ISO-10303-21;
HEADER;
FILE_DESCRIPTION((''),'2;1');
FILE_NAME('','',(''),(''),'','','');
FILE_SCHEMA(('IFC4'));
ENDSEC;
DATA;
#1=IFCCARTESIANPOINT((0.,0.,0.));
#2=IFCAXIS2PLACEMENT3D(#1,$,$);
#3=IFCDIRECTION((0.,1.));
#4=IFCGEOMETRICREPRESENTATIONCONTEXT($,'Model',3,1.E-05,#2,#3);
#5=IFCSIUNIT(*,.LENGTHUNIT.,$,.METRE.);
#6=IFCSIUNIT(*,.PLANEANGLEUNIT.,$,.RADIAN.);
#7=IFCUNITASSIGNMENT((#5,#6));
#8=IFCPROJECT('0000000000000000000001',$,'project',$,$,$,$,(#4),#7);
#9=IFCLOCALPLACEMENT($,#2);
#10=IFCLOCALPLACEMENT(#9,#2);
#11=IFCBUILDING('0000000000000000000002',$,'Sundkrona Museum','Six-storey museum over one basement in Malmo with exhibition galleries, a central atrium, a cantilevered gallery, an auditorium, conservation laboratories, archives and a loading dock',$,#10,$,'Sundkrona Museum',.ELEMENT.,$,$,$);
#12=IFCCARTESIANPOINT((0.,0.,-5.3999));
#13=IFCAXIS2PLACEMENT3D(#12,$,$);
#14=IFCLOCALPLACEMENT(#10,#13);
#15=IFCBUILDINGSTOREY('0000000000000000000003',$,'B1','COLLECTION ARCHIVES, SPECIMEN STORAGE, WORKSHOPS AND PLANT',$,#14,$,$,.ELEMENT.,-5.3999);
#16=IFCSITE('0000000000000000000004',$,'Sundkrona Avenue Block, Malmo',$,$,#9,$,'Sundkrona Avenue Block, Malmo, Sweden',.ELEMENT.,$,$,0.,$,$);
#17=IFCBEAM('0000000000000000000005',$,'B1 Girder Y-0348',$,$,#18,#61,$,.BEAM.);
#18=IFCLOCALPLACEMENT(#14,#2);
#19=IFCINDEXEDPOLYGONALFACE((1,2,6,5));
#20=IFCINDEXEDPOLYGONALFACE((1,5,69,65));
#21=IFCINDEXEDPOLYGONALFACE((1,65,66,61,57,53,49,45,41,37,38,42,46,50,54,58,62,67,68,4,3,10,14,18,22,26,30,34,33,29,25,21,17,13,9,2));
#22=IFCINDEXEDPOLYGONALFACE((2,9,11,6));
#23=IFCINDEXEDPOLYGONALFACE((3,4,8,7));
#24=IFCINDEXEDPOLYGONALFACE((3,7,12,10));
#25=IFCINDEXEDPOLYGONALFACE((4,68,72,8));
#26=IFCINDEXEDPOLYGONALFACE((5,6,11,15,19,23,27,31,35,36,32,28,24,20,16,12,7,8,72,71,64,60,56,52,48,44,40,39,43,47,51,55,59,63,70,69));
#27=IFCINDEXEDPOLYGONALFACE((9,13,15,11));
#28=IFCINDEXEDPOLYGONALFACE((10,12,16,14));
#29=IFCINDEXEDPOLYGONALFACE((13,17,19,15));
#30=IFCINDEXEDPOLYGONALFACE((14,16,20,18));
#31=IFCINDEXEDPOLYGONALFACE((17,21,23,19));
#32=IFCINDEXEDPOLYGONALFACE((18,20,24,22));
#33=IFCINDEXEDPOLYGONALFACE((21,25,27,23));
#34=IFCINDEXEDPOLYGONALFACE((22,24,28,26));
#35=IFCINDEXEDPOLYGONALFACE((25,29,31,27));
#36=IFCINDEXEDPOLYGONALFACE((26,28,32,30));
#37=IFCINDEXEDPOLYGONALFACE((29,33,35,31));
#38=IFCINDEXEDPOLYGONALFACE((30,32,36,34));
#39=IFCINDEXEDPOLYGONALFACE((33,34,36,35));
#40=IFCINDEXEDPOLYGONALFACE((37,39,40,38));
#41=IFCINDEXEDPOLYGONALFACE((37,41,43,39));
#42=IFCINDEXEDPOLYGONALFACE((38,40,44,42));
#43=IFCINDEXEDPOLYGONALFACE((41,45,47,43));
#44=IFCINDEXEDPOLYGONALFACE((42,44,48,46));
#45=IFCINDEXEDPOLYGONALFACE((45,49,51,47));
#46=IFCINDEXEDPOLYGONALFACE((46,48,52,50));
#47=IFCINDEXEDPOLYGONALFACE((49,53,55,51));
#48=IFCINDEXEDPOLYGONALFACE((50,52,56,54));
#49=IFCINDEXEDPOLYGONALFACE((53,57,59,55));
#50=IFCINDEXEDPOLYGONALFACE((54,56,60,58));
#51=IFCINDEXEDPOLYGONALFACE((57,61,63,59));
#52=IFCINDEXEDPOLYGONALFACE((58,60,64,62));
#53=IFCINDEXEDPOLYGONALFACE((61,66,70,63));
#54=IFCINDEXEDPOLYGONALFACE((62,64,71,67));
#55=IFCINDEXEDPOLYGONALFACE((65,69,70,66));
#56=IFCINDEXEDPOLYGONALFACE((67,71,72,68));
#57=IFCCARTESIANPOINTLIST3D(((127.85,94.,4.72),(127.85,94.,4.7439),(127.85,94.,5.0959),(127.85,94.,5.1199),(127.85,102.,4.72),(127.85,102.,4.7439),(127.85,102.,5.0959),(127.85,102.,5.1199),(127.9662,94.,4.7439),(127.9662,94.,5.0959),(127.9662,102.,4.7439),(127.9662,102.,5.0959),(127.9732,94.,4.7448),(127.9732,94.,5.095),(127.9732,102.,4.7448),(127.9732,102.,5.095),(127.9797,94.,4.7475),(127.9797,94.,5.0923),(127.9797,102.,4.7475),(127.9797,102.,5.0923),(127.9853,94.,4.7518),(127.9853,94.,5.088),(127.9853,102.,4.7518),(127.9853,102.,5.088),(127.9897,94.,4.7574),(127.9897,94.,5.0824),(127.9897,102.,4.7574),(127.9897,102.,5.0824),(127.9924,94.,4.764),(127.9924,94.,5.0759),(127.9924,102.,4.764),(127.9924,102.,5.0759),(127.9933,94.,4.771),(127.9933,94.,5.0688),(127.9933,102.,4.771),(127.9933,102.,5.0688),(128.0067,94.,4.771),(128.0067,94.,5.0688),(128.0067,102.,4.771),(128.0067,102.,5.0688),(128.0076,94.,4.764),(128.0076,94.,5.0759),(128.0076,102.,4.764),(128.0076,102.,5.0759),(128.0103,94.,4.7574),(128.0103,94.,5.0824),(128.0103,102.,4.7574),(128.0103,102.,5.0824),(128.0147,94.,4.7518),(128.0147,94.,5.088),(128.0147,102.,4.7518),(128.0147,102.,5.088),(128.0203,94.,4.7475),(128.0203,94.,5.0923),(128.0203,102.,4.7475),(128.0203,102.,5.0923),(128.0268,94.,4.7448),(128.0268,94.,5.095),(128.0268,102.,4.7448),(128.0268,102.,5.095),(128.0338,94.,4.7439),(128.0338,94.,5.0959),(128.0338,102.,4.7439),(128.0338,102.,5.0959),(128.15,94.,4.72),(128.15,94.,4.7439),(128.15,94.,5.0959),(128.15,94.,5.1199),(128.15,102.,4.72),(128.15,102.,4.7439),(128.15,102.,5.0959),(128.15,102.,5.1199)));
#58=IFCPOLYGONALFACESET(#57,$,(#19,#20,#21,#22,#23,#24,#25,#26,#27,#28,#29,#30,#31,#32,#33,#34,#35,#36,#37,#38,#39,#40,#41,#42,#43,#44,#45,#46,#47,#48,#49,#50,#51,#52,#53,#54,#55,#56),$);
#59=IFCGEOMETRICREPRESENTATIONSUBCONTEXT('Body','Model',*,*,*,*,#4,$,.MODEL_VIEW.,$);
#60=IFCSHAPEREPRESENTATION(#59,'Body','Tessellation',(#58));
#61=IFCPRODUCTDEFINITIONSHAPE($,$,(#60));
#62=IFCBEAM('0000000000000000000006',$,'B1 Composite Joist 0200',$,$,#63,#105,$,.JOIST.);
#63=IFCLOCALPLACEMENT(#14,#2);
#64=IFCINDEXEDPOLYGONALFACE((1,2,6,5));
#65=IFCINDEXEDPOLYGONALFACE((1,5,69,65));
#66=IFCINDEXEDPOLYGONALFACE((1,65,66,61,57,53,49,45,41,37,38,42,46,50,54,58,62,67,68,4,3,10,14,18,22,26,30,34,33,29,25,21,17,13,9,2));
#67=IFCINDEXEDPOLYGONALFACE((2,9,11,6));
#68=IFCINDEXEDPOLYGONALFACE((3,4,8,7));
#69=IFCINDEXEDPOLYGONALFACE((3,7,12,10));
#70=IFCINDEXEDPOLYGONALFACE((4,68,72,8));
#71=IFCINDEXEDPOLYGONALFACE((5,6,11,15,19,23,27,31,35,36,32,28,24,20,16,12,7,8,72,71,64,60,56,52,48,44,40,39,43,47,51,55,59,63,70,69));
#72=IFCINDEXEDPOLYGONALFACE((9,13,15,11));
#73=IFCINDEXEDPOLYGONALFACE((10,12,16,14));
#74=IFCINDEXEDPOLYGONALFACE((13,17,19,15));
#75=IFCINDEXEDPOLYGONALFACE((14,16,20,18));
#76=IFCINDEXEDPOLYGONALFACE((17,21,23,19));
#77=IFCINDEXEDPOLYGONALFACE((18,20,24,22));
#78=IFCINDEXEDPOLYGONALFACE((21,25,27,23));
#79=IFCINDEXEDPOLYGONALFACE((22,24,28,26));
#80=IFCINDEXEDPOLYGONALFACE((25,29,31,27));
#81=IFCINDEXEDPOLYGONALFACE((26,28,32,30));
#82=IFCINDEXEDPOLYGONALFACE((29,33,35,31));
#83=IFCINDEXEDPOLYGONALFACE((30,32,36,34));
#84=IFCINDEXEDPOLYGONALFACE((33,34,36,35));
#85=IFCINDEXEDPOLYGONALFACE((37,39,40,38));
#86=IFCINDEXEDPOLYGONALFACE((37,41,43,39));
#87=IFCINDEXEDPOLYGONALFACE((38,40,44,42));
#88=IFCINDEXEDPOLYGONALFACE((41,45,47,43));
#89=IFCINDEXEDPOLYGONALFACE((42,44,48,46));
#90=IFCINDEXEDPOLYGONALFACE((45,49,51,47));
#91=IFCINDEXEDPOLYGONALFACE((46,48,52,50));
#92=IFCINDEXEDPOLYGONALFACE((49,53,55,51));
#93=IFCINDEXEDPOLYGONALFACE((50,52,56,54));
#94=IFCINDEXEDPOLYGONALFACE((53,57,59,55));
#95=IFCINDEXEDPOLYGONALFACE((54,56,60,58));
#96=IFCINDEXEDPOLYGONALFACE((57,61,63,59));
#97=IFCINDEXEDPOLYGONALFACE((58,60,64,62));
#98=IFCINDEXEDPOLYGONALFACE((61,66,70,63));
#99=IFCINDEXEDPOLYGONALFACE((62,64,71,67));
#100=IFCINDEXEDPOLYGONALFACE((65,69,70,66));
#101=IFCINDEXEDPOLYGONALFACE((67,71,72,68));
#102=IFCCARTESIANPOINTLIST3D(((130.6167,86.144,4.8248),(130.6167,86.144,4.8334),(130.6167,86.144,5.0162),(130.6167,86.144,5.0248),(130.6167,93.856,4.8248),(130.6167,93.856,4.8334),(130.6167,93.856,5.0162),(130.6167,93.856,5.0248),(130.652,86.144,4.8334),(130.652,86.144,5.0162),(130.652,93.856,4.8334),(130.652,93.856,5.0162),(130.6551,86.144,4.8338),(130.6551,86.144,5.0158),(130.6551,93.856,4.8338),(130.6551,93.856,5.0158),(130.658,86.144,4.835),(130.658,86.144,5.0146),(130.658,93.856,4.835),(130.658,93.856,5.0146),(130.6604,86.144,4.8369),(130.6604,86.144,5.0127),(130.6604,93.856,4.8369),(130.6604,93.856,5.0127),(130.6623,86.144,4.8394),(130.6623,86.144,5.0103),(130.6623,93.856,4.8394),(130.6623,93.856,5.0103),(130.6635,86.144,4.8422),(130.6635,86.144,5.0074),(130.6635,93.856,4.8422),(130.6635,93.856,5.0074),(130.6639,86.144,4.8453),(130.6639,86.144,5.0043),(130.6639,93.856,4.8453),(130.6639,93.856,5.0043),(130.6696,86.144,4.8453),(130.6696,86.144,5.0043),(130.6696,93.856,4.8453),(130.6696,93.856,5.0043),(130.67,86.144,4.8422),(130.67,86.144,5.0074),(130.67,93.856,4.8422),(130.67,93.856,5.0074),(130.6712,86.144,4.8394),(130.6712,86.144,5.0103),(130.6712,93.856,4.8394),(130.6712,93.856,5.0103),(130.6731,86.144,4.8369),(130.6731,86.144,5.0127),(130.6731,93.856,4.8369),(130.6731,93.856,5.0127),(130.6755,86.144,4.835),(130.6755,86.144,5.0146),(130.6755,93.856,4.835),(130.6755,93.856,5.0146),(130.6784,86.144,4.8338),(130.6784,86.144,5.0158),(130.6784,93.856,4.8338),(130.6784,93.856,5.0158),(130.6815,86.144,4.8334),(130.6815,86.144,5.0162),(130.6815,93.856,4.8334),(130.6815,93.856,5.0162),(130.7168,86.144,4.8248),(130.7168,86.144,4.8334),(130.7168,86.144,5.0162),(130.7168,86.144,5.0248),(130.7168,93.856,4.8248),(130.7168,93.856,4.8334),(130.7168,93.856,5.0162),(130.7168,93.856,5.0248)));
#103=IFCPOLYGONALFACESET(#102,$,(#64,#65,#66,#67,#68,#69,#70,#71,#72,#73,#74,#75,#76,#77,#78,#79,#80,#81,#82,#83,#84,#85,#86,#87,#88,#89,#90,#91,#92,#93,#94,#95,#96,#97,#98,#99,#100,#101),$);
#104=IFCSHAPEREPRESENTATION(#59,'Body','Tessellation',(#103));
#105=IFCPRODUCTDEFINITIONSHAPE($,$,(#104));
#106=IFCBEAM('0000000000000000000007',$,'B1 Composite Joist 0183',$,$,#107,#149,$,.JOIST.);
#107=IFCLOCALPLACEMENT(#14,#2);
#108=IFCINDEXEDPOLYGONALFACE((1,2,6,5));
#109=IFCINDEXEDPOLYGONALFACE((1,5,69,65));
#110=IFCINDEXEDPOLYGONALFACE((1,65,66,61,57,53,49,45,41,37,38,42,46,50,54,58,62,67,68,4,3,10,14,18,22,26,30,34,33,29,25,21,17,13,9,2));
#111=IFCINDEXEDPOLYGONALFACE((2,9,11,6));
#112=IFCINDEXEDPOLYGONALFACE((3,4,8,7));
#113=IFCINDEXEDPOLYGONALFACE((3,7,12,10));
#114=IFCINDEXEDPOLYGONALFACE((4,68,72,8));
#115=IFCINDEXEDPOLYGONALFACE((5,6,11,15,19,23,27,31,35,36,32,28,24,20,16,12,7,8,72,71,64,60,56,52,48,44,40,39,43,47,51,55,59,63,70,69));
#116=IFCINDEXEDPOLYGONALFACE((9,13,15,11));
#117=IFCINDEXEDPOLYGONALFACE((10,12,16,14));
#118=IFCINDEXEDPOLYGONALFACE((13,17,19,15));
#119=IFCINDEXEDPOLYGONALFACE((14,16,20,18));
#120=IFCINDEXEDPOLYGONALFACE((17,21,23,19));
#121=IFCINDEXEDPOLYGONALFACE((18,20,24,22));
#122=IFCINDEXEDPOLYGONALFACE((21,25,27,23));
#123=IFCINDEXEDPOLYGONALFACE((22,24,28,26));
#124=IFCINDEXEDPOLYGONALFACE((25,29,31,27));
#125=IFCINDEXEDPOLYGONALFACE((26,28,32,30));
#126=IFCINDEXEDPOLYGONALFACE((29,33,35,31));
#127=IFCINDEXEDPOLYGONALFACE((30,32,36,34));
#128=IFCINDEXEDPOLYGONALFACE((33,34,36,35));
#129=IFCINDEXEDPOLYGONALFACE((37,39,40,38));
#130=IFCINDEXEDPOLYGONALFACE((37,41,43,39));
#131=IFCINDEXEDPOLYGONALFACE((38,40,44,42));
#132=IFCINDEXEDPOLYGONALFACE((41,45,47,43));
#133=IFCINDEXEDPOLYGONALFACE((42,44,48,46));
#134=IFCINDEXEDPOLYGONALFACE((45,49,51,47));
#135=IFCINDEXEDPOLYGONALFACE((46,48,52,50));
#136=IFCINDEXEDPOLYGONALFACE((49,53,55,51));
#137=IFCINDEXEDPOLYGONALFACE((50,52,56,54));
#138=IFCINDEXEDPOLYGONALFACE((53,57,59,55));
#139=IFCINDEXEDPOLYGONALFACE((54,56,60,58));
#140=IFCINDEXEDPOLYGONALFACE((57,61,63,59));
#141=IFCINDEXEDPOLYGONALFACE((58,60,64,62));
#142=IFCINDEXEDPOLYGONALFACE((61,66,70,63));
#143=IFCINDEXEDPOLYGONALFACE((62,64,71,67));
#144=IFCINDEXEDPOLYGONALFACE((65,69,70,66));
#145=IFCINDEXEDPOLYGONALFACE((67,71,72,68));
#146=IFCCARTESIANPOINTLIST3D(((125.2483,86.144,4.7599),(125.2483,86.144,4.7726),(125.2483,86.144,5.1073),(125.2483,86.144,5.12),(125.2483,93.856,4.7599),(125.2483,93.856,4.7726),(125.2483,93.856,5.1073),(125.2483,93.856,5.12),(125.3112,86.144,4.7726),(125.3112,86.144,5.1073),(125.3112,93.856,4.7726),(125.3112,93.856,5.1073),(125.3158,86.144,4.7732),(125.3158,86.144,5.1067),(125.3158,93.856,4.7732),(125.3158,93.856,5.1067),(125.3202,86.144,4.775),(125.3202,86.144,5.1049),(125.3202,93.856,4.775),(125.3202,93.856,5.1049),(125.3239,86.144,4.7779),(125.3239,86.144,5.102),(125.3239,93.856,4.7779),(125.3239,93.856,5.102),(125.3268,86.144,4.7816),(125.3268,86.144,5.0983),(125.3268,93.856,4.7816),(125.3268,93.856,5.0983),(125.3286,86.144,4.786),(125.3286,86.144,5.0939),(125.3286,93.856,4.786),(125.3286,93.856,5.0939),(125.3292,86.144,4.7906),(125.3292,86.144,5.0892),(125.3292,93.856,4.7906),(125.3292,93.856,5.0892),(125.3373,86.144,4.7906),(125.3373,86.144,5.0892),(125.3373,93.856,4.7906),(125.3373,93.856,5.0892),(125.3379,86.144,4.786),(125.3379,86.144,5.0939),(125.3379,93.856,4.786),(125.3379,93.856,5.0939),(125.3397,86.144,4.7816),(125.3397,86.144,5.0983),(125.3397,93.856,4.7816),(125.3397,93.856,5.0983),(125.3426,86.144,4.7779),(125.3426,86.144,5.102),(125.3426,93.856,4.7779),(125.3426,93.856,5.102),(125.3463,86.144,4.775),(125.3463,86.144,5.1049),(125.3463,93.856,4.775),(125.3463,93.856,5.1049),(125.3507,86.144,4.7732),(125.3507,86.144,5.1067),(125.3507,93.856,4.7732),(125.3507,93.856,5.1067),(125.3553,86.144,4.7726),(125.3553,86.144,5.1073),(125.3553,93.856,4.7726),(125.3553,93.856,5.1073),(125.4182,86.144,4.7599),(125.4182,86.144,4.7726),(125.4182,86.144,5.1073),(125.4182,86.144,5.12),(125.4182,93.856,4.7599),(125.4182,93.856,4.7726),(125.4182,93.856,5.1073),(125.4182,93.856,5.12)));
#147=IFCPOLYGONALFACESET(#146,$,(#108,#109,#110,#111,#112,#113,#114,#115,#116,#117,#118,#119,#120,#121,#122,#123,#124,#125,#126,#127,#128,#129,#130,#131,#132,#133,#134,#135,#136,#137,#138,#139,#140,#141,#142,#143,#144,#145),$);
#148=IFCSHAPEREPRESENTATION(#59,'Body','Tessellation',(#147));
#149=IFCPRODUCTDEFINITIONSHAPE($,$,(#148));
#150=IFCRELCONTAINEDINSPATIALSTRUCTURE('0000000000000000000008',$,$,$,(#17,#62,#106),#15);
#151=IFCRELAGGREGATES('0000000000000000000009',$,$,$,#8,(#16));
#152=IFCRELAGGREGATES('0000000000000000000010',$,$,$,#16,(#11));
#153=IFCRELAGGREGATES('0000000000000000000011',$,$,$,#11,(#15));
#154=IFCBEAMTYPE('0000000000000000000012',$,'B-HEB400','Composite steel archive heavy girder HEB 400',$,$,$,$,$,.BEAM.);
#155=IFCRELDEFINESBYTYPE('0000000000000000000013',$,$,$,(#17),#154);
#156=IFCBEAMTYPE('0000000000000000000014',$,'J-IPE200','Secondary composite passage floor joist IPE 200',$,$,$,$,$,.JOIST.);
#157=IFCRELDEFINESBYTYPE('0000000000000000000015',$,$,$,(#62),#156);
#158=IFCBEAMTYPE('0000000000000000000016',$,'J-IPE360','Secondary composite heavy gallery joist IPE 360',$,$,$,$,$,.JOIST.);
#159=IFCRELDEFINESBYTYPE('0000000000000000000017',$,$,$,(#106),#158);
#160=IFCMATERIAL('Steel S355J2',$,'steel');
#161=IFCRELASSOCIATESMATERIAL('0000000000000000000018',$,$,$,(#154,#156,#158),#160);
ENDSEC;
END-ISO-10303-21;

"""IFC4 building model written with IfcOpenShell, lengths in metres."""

from ifc_helpers import new_model, si_unit, direction, frame, origin, origin_2d, place, context, subcontext, project, spatial, i_section, extrude, material, material_profile, profile_set, type_object, element, save


model = new_model("IFC4")

# Units and contexts
model_context = context("Model", 3, precision=1e-05, world=origin(), true_north=direction((0.0, 1.0)))
body_context = subcontext(model_context, "Body", "Model", "MODEL_VIEW")
ifc_project = project(units=[si_unit("LENGTHUNIT", "METRE"), si_unit("PLANEANGLEUNIT", "RADIAN")], contexts=[model_context])

# Site, building, storey
site_placement = place(None, origin())
site = spatial("IfcSite", under=ifc_project, at=site_placement, Name="Sundkrona Avenue Block, Malmo", LongName="Sundkrona Avenue Block, Malmo, Sweden", CompositionType="ELEMENT", RefElevation=0.0)
building_placement = place(site_placement, origin())
building = spatial("IfcBuilding", under=site, at=building_placement, Name="Sundkrona Museum", Description="Six-storey museum over one basement in Malmo with exhibition galleries, a central atrium, a cantilevered gallery, an auditorium, conservation laboratories, archives and a loading dock", LongName="Sundkrona Museum", CompositionType="ELEMENT")
storey_placement = place(building_placement, frame((0.0, 0.0, -5.3999)))
storey = spatial("IfcBuildingStorey", under=building, at=storey_placement, Name="B1", Description="COLLECTION ARCHIVES, SPECIMEN STORAGE, WORKSHOPS AND PLANT", CompositionType="ELEMENT", Elevation=-5.3999)

# Beams
ifc_material_1 = material(Name="Steel S355J2", Category="steel")
ifc_material_profile_1 = material_profile(ifc_material_1, i_section(OverallWidth=0.3, OverallDepth=0.3999, WebThickness=0.0134, FlangeThickness=0.0239, FilletRadius=0.0271, at=origin_2d()), Name="HEB 400")
ifc_profile_set_1 = profile_set([ifc_material_profile_1], Name="Steel S355J2")
beam_type_1 = type_object("IfcBeamType", Name="B-HEB400", Description="Composite steel archive heavy girder HEB 400", PredefinedType="BEAM", material=ifc_profile_set_1)
for number, where, z_axis, x_axis, name in (
    (1, (128.0, 94.0, 4.9199), (0.0, 1.0, 0.0), (-1.0, 0.0, 0.0), "B1 Girder Y-0348"),
):
    element("IfcBeam", number, at=place(storey_placement, frame(where, z_axis=z_axis, x_axis=x_axis)), inside=storey, type_object=beam_type_1, Name=name, PredefinedType="BEAM", context=body_context, shape_type="SweptSolid", body=[
        extrude(i_section(OverallWidth=0.3, OverallDepth=0.3999, WebThickness=0.0134, FlangeThickness=0.0239, FilletRadius=0.0271, at=origin_2d()), origin(), (0.0, 0.0, 1.0), 8.0),
    ])
ifc_material_profile_2 = material_profile(ifc_material_1, i_section(OverallWidth=0.1001, OverallDepth=0.2, WebThickness=0.0056, FlangeThickness=0.0085, FilletRadius=0.012, at=origin_2d()), Name="IPE 200")
ifc_profile_set_2 = profile_set([ifc_material_profile_2], Name="Steel S355J2")
beam_type_2 = type_object("IfcBeamType", Name="J-IPE200", Description="Secondary composite passage floor joist IPE 200", PredefinedType="JOIST", material=ifc_profile_set_2)
beam_1_placement = place(storey_placement, frame((130.6667, 86.144, 4.9248), z_axis=(0.0, 1.0, 0.0), x_axis=(-1.0, 0.0, 0.0)))
element("IfcBeam", 2, at=beam_1_placement, inside=storey, type_object=beam_type_2, Name="B1 Composite Joist 0200", PredefinedType="JOIST", context=body_context, shape_type="SweptSolid", body=[
    extrude(i_section(OverallWidth=0.1001, OverallDepth=0.2, WebThickness=0.0056, FlangeThickness=0.0085, FilletRadius=0.012, at=origin_2d()), origin(), (0.0, 0.0, 1.0), 7.7119),
])
ifc_material_profile_3 = material_profile(ifc_material_1, i_section(OverallWidth=0.1699, OverallDepth=0.3601, WebThickness=0.0081, FlangeThickness=0.0127, FilletRadius=0.0181, at=origin_2d()), Name="IPE 360")
ifc_profile_set_3 = profile_set([ifc_material_profile_3], Name="Steel S355J2")
beam_type_3 = type_object("IfcBeamType", Name="J-IPE360", Description="Secondary composite heavy gallery joist IPE 360", PredefinedType="JOIST", material=ifc_profile_set_3)
beam_2_placement = place(storey_placement, frame((125.3333, 86.144, 4.9399), z_axis=(0.0, 1.0, 0.0), x_axis=(-1.0, 0.0, 0.0)))
element("IfcBeam", 3, at=beam_2_placement, inside=storey, type_object=beam_type_3, Name="B1 Composite Joist 0183", PredefinedType="JOIST", context=body_context, shape_type="SweptSolid", body=[
    extrude(i_section(OverallWidth=0.1699, OverallDepth=0.3601, WebThickness=0.0081, FlangeThickness=0.0127, FilletRadius=0.0181, at=origin_2d()), origin(), (0.0, 0.0, 1.0), 7.7119),
])

save(model, "model.ifc")
